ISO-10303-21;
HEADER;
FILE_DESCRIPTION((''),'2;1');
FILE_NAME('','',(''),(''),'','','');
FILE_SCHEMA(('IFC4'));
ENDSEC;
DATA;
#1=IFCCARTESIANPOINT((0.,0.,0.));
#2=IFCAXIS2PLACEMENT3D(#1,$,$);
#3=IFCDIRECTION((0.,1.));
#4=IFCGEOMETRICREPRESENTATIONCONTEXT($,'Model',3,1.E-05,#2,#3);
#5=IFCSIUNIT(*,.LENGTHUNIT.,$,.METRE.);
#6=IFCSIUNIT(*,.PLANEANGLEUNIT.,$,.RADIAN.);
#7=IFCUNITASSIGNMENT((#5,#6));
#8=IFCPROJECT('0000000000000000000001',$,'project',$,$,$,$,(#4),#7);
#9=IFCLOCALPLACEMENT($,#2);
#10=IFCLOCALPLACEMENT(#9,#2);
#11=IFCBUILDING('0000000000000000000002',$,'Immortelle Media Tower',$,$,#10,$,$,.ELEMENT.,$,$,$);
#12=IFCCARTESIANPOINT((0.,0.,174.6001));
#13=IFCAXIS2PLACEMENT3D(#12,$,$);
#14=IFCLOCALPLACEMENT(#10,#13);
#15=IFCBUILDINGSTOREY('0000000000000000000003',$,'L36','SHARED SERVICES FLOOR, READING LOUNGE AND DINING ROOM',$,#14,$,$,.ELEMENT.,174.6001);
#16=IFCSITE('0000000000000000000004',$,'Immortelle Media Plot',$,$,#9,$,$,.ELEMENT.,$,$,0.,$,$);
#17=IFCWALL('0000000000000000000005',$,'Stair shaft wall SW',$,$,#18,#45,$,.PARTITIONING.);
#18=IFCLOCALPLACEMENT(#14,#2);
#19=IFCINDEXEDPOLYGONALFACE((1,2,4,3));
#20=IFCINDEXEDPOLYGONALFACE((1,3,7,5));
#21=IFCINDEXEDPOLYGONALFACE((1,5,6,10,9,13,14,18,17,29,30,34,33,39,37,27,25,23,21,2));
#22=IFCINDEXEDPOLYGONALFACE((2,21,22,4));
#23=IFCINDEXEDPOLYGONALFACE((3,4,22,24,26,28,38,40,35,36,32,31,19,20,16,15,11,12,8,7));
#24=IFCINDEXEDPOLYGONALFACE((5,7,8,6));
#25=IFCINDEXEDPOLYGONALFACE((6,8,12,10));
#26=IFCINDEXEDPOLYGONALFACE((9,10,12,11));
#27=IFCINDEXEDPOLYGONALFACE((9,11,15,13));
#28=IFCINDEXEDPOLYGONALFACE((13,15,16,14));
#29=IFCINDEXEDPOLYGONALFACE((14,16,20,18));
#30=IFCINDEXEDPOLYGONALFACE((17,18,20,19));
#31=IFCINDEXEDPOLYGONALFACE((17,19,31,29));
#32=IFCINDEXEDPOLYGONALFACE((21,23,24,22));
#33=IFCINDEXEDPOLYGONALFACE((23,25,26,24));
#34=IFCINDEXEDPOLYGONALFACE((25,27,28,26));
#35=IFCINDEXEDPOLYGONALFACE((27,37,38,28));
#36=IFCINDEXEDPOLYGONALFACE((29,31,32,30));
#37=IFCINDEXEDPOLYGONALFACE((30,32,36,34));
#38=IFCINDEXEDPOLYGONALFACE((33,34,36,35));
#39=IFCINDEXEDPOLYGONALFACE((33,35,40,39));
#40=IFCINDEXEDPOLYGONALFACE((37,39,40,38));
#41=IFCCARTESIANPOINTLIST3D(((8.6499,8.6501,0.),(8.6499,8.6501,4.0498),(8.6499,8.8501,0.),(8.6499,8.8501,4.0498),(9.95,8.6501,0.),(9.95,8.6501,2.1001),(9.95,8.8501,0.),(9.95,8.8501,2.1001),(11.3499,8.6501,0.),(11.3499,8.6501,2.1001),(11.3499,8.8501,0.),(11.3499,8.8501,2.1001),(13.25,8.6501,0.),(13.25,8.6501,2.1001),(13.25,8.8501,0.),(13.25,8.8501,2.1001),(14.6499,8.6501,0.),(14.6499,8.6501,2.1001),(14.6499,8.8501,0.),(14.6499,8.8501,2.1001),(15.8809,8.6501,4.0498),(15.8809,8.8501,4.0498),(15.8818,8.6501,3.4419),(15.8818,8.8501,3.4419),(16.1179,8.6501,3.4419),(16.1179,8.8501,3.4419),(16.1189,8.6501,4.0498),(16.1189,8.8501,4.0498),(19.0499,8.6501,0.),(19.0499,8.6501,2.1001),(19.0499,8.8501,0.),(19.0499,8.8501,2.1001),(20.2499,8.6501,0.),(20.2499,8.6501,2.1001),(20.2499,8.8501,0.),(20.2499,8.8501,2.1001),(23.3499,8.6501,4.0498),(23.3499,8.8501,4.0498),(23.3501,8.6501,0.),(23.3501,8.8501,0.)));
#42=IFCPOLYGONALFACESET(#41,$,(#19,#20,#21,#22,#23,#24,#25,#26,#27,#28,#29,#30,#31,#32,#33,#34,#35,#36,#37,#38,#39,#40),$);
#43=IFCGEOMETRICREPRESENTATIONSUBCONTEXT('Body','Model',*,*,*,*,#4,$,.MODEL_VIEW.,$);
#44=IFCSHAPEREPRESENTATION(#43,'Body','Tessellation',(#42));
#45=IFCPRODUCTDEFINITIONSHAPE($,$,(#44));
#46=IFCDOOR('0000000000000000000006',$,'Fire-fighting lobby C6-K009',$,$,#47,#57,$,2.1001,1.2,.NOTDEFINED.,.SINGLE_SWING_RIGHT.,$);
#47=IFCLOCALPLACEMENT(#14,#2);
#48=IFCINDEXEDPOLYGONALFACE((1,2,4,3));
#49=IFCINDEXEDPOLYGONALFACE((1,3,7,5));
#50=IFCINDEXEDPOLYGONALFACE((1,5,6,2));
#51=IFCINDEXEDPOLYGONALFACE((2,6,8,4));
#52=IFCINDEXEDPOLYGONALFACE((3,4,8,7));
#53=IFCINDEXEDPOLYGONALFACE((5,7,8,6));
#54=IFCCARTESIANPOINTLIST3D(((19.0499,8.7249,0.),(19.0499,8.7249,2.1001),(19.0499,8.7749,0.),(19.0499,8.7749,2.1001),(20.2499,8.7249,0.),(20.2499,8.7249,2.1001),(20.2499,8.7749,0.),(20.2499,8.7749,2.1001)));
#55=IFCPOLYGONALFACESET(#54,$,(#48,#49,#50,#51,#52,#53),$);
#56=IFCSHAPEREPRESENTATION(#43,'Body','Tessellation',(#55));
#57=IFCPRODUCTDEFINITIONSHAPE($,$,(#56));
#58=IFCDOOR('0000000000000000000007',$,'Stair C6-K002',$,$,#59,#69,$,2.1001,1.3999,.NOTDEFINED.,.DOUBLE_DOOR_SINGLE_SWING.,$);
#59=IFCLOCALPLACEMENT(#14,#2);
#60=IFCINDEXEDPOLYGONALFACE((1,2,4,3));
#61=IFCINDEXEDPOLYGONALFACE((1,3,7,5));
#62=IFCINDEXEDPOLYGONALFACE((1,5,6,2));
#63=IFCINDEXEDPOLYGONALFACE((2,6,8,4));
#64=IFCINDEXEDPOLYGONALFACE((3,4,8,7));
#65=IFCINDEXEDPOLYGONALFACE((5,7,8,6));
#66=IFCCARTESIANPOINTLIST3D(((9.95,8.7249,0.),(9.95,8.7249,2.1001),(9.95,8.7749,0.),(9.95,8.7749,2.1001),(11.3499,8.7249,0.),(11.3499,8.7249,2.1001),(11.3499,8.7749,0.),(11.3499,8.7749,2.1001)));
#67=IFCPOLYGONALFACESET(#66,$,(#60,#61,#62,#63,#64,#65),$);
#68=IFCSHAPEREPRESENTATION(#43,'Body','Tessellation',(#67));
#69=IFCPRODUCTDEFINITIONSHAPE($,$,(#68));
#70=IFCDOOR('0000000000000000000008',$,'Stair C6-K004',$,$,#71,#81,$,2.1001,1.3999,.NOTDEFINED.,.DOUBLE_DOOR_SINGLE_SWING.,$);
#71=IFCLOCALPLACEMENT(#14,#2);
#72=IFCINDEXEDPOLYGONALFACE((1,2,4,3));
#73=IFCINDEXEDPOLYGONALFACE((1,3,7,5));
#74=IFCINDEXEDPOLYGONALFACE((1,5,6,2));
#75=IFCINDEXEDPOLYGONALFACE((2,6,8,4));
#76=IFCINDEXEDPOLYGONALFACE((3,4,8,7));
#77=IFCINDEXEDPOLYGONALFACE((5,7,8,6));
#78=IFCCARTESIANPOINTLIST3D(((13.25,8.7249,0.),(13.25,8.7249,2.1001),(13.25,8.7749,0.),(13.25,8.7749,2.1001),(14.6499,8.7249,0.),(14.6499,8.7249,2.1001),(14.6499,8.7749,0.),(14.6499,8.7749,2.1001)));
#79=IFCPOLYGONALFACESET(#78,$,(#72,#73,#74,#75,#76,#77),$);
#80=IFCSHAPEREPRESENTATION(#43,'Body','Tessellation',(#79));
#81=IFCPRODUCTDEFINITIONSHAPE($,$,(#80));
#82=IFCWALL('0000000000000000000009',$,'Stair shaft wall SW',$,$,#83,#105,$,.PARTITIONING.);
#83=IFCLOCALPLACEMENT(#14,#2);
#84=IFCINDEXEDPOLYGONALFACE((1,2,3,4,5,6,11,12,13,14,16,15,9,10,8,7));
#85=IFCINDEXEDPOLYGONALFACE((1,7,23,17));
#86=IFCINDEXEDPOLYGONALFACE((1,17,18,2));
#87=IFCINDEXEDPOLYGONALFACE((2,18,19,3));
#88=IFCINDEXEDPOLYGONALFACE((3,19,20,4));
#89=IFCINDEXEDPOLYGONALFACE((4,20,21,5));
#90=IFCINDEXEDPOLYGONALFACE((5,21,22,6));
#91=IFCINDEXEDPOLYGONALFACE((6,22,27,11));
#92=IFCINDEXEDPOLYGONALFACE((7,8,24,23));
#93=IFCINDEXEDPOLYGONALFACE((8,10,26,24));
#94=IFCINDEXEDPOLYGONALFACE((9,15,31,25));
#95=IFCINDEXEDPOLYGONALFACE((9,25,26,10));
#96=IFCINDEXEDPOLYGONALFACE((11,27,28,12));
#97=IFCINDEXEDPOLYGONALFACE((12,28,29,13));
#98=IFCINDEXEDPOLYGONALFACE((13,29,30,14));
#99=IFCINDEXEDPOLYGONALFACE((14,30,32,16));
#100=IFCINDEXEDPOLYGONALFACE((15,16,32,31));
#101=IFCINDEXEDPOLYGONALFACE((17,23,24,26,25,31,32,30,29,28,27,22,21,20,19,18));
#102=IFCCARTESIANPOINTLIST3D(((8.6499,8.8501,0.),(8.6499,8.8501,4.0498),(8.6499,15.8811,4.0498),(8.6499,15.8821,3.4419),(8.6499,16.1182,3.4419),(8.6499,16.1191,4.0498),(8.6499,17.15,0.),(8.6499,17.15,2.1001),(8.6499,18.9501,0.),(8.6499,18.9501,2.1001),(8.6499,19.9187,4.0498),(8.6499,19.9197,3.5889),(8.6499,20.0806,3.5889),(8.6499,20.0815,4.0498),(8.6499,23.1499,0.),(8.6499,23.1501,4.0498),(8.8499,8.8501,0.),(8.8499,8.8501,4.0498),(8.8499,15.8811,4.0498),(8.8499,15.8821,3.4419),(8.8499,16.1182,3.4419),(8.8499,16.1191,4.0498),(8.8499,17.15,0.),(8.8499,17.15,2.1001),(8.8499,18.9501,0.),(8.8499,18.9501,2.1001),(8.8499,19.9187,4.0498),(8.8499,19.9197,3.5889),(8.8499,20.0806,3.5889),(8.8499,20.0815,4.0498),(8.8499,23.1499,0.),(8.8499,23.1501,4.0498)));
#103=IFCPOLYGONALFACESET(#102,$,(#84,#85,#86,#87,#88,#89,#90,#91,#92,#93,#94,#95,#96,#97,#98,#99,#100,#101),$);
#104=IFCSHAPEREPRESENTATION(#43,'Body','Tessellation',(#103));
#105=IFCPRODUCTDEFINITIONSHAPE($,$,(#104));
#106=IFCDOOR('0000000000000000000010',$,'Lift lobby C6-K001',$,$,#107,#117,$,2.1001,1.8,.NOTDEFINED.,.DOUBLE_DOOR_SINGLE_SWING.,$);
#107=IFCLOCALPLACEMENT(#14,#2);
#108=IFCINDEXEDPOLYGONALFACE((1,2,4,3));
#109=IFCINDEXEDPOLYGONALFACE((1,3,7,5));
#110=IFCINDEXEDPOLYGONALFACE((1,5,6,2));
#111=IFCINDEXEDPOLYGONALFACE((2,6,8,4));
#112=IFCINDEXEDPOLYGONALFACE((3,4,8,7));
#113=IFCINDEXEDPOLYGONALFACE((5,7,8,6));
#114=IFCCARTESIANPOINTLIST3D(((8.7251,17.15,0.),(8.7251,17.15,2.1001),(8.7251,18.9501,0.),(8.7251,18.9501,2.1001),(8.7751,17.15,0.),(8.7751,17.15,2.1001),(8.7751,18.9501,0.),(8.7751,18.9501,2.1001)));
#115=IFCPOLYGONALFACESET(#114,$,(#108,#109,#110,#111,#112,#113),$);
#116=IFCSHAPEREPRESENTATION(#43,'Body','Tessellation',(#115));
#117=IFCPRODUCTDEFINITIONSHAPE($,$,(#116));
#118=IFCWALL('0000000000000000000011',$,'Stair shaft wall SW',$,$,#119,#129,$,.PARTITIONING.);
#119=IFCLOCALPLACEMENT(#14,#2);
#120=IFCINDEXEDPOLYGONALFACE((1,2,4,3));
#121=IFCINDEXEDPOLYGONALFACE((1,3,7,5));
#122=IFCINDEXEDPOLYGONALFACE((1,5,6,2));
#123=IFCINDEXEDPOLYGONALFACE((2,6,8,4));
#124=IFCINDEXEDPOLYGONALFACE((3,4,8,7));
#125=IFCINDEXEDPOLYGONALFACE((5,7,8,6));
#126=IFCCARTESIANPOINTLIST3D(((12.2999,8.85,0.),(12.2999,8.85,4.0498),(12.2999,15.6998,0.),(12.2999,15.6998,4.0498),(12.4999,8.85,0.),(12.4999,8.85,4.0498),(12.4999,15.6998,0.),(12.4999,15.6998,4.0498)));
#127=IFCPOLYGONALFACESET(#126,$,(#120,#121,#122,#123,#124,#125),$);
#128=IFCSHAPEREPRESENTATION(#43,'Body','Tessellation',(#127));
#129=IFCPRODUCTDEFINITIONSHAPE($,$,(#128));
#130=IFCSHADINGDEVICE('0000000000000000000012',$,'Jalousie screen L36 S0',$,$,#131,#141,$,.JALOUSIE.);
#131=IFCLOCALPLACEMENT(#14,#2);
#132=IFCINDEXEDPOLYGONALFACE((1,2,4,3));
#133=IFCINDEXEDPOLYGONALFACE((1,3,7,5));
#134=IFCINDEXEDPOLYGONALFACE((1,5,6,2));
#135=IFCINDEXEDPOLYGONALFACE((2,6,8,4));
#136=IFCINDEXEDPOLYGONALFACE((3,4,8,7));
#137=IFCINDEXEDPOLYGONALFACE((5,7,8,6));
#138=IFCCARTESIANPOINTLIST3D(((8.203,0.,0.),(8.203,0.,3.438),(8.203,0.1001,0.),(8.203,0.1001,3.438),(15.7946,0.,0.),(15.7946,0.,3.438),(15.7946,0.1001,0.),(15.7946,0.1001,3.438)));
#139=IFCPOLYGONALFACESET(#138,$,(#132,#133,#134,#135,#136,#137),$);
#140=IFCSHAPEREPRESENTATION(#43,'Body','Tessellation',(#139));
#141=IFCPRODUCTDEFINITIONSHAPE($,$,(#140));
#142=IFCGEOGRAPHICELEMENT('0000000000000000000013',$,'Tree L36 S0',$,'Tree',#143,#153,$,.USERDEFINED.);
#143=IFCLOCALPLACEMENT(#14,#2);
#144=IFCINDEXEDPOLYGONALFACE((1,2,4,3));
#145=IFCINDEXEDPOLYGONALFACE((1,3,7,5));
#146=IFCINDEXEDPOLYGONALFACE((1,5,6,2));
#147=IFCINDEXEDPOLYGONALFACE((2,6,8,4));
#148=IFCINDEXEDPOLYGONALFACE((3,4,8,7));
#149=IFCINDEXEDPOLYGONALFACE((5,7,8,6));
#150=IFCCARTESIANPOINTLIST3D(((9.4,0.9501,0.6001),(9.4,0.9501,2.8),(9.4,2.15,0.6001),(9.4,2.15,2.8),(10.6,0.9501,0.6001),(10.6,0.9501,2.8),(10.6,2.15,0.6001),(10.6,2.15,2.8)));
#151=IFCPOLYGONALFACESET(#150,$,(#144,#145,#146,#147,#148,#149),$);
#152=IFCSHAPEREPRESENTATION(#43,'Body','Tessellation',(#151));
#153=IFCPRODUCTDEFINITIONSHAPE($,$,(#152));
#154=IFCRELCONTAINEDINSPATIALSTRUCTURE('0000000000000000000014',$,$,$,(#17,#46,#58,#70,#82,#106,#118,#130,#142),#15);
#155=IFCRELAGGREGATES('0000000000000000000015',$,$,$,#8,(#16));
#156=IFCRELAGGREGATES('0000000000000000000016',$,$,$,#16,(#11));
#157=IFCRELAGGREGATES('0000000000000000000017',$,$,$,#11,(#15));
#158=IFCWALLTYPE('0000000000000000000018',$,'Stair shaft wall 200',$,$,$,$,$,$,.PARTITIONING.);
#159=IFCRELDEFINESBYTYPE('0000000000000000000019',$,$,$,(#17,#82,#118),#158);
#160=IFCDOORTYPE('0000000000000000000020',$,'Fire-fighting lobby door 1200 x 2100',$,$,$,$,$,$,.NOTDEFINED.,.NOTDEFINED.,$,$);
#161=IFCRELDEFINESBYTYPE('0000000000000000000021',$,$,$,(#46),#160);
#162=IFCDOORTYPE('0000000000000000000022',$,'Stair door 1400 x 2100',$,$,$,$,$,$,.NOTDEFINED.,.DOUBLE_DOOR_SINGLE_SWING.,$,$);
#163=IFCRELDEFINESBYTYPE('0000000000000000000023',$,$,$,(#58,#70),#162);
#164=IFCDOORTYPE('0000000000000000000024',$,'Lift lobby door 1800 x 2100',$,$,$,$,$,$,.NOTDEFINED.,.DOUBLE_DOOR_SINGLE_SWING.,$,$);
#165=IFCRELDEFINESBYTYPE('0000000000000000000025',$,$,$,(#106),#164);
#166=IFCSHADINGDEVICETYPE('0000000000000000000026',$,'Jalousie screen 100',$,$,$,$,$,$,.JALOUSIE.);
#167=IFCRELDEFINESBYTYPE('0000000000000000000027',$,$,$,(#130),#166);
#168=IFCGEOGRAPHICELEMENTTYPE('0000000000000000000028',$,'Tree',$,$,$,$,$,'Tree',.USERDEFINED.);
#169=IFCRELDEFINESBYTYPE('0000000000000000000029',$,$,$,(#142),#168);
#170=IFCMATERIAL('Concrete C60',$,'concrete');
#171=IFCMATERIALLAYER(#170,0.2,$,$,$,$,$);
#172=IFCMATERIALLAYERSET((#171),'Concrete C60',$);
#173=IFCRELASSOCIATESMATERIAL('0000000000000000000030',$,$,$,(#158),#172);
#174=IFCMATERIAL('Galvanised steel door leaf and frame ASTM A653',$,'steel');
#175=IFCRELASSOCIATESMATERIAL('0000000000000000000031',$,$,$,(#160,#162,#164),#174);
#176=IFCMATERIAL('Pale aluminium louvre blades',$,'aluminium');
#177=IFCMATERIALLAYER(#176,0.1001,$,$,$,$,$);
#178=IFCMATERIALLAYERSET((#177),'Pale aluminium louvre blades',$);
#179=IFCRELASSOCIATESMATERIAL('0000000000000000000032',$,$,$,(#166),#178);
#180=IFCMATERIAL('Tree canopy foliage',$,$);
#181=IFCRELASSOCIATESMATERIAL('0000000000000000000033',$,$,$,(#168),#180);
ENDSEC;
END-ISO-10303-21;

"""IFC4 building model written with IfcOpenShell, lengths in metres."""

from ifc_helpers import new_model, si_unit, direction, frame, frame_2d, origin, origin_2d, place, context, subcontext, project, spatial, polyline, rectangle, outline, extrude, material, layer, layer_set, type_object, element, fill, save


model = new_model("IFC4")

# Units and contexts
model_context = context("Model", 3, precision=1e-05, world=origin(), true_north=direction((0.0, 1.0)))
body_context = subcontext(model_context, "Body", "Model", "MODEL_VIEW")
ifc_project = project(units=[si_unit("LENGTHUNIT", "METRE"), si_unit("PLANEANGLEUNIT", "RADIAN")], contexts=[model_context])

# Site, building, storey
site_placement = place(None, origin())
site = spatial("IfcSite", under=ifc_project, at=site_placement, Name="Immortelle Media Plot", CompositionType="ELEMENT", RefElevation=0.0)
building_placement = place(site_placement, origin())
building = spatial("IfcBuilding", under=site, at=building_placement, Name="Immortelle Media Tower", CompositionType="ELEMENT")
storey_placement = place(building_placement, frame((0.0, 0.0, 174.6001)))
storey = spatial("IfcBuildingStorey", under=building, at=storey_placement, Name="L36", Description="SHARED SERVICES FLOOR, READING LOUNGE AND DINING ROOM", CompositionType="ELEMENT", Elevation=174.6001)

# Wall, openings, doors
ifc_material_1 = material(Name="Concrete C60", Category="concrete")
ifc_layer_1 = layer(ifc_material_1, 0.2)
ifc_layer_set_1 = layer_set([ifc_layer_1], Name="Concrete C60")
wall_type_1 = type_object("IfcWallType", Name="Stair shaft wall 200", PredefinedType="PARTITIONING", material=ifc_layer_set_1)
wall_1_placement = place(storey_placement, frame((8.6499, 8.75, 0.0), z_axis=(0.0, 0.0, 1.0), x_axis=(1.0, 0.0, 0.0)))
wall_1 = element("IfcWall", 1, at=wall_1_placement, inside=storey, type_object=wall_type_1, Name="Stair shaft wall SW", PredefinedType="PARTITIONING", context=body_context, shape_type="SweptSolid", body=[
    extrude(outline(polyline([(0.0, 0.0), (14.7002, 0.0), (14.7, 4.0498), (7.469, 4.0498), (7.468, 3.4419), (7.2319, 3.4419), (7.231, 4.0498), (0.0, 4.0498), (0.0, 0.0)])), frame((0.0, 0.1001, 0.0), z_axis=(0.0, -1.0, 0.0), x_axis=(1.0, 0.0, 0.0)), (0.0, 0.0, 1.0), 0.2),
])
opening_1_placement = place(wall_1_placement, frame((1.3, 0.0, 0.0)))
opening_1 = element("IfcOpeningElement", 2, at=opening_1_placement, cuts=wall_1, PredefinedType="OPENING", context=body_context, shape_type="SweptSolid", body=[
    extrude(rectangle(XDim=1.3999, YDim=2.1001, at=frame_2d((0.7, 1.05))), frame((0.0, 0.1099, 0.0), z_axis=(0.0, -1.0, 0.0), x_axis=(1.0, 0.0, 0.0)), (0.0, 0.0, 1.0), 0.22),
])
opening_2_placement = place(wall_1_placement, frame((4.6001, 0.0, 0.0)))
opening_2 = element("IfcOpeningElement", 3, at=opening_2_placement, cuts=wall_1, PredefinedType="OPENING", context=body_context, shape_type="SweptSolid", body=[
    extrude(rectangle(XDim=1.3999, YDim=2.1001, at=frame_2d((0.7, 1.05))), frame((0.0, 0.1099, 0.0), z_axis=(0.0, -1.0, 0.0), x_axis=(1.0, 0.0, 0.0)), (0.0, 0.0, 1.0), 0.22),
])
opening_3_placement = place(wall_1_placement, frame((10.3999, 0.0, 0.0)))
opening_3 = element("IfcOpeningElement", 4, at=opening_3_placement, cuts=wall_1, PredefinedType="OPENING", context=body_context, shape_type="SweptSolid", body=[
    extrude(rectangle(XDim=1.2, YDim=2.1001, at=frame_2d((0.6001, 1.05))), frame((0.0, 0.1099, 0.0), z_axis=(0.0, -1.0, 0.0), x_axis=(1.0, 0.0, 0.0)), (0.0, 0.0, 1.0), 0.22),
])
ifc_material_2 = material(Name="Galvanised steel door leaf and frame ASTM A653", Category="steel")
door_type_1 = type_object("IfcDoorType", Name="Fire-fighting lobby door 1200 x 2100", OperationType="NOTDEFINED", PredefinedType="NOTDEFINED", material=ifc_material_2)
door_1_placement = place(opening_3_placement, origin())
door_1 = element("IfcDoor", 5, at=door_1_placement, inside=storey, type_object=door_type_1, Name="Fire-fighting lobby C6-K009", OperationType="SINGLE_SWING_RIGHT", OverallHeight=2.1001, OverallWidth=1.2, PredefinedType="NOTDEFINED", context=body_context, shape_type="SweptSolid", body=[
    extrude(rectangle(XDim=1.2, YDim=2.1001, at=frame_2d((0.6001, 1.05))), frame((0.0, 0.0249, 0.0), z_axis=(0.0, -1.0, 0.0), x_axis=(1.0, 0.0, 0.0)), (0.0, 0.0, 1.0), 0.05),
])
fill(opening_3, door_1)
door_type_2 = type_object("IfcDoorType", Name="Stair door 1400 x 2100", OperationType="DOUBLE_DOOR_SINGLE_SWING", PredefinedType="NOTDEFINED", material=ifc_material_2)
door_2_placement = place(opening_1_placement, origin())
door_2 = element("IfcDoor", 6, at=door_2_placement, inside=storey, type_object=door_type_2, Name="Stair C6-K002", OperationType="DOUBLE_DOOR_SINGLE_SWING", OverallHeight=2.1001, OverallWidth=1.3999, PredefinedType="NOTDEFINED", context=body_context, shape_type="SweptSolid", body=[
    extrude(rectangle(XDim=1.3999, YDim=2.1001, at=frame_2d((0.7, 1.05))), frame((0.0, 0.0249, 0.0), z_axis=(0.0, -1.0, 0.0), x_axis=(1.0, 0.0, 0.0)), (0.0, 0.0, 1.0), 0.05),
])
fill(opening_1, door_2)
door_3_placement = place(opening_2_placement, origin())
door_3 = element("IfcDoor", 7, at=door_3_placement, inside=storey, type_object=door_type_2, Name="Stair C6-K004", OperationType="DOUBLE_DOOR_SINGLE_SWING", OverallHeight=2.1001, OverallWidth=1.3999, PredefinedType="NOTDEFINED", context=body_context, shape_type="SweptSolid", body=[
    extrude(rectangle(XDim=1.3999, YDim=2.1001, at=frame_2d((0.7, 1.05))), frame((0.0, 0.0249, 0.0), z_axis=(0.0, -1.0, 0.0), x_axis=(1.0, 0.0, 0.0)), (0.0, 0.0, 1.0), 0.05),
])
fill(opening_2, door_3)

# Wall, opening, door
wall_2_placement = place(storey_placement, frame((8.75, 8.8501, 0.0), z_axis=(0.0, 0.0, 1.0), x_axis=(0.0, 1.0, 0.0)))
wall_2 = element("IfcWall", 8, at=wall_2_placement, inside=storey, type_object=wall_type_1, Name="Stair shaft wall SW", PredefinedType="PARTITIONING", context=body_context, shape_type="SweptSolid", body=[
    extrude(outline(polyline([(0.0, 0.0), (14.2998, 0.0), (14.3, 4.0498), (11.2314, 4.0498), (11.2305, 3.5889), (11.0696, 3.5889), (11.0686, 4.0498), (7.269, 4.0498), (7.2681, 3.4419), (7.032, 3.4419), (7.031, 4.0498), (0.0, 4.0498), (0.0, 0.0)])), frame((0.0, 0.1001, 0.0), z_axis=(0.0, -1.0, 0.0), x_axis=(1.0, 0.0, 0.0)), (0.0, 0.0, 1.0), 0.2),
])
opening_4_placement = place(wall_2_placement, frame((8.3, 0.0, 0.0)))
opening_4 = element("IfcOpeningElement", 9, at=opening_4_placement, cuts=wall_2, PredefinedType="OPENING", context=body_context, shape_type="SweptSolid", body=[
    extrude(rectangle(XDim=1.8, YDim=2.1001, at=frame_2d((0.8999, 1.05))), frame((0.0, 0.1099, 0.0), z_axis=(0.0, -1.0, 0.0), x_axis=(1.0, 0.0, 0.0)), (0.0, 0.0, 1.0), 0.22),
])
door_type_3 = type_object("IfcDoorType", Name="Lift lobby door 1800 x 2100", OperationType="DOUBLE_DOOR_SINGLE_SWING", PredefinedType="NOTDEFINED", material=ifc_material_2)
door_4_placement = place(opening_4_placement, origin())
door_4 = element("IfcDoor", 10, at=door_4_placement, inside=storey, type_object=door_type_3, Name="Lift lobby C6-K001", OperationType="DOUBLE_DOOR_SINGLE_SWING", OverallHeight=2.1001, OverallWidth=1.8, PredefinedType="NOTDEFINED", context=body_context, shape_type="SweptSolid", body=[
    extrude(rectangle(XDim=1.8, YDim=2.1001, at=frame_2d((0.8999, 1.05))), frame((0.0, 0.0249, 0.0), z_axis=(0.0, -1.0, 0.0), x_axis=(1.0, 0.0, 0.0)), (0.0, 0.0, 1.0), 0.05),
])
fill(opening_4, door_4)

# Wall
wall_3_placement = place(storey_placement, frame((12.3999, 8.8501, 0.0), z_axis=(0.0, 0.0, 1.0), x_axis=(0.0, 1.0, 0.0)))
element("IfcWall", 11, at=wall_3_placement, inside=storey, type_object=wall_type_1, Name="Stair shaft wall SW", PredefinedType="PARTITIONING", context=body_context, shape_type="SweptSolid", body=[
    extrude(rectangle(XDim=6.8499, YDim=0.2, at=frame_2d((3.4248, 0.0))), origin(), (0.0, 0.0, 1.0), 4.0498),
])

# Shading device
ifc_material_3 = material(Name="Pale aluminium louvre blades", Category="aluminium")
ifc_layer_2 = layer(ifc_material_3, 0.1001)
ifc_layer_set_2 = layer_set([ifc_layer_2], Name="Pale aluminium louvre blades")
shading_device_type = type_object("IfcShadingDeviceType", Name="Jalousie screen 100", PredefinedType="JALOUSIE", material=ifc_layer_set_2)
shading_device_placement = place(storey_placement, frame((11.9988, 0.05, 0.0), z_axis=(0.0, 0.0, 1.0), x_axis=(1.0, 0.0, 0.0)))
element("IfcShadingDevice", 12, at=shading_device_placement, inside=storey, type_object=shading_device_type, Name="Jalousie screen L36 S0", PredefinedType="JALOUSIE", context=body_context, shape_type="SweptSolid", body=[
    extrude(rectangle(XDim=7.5916, YDim=0.1001, at=origin_2d()), origin(), (0.0, 0.0, 1.0), 3.438),
])

# Geographic element
ifc_material_4 = material(Name="Tree canopy foliage")
geographic_element_type = type_object("IfcGeographicElementType", Name="Tree", ElementType="Tree", PredefinedType="USERDEFINED", material=ifc_material_4)
geographic_element_placement = place(storey_placement, frame((10.0, 1.55, 0.6001), z_axis=(0.0, 0.0, 1.0), x_axis=(1.0, 0.0, 0.0)))
element("IfcGeographicElement", 13, at=geographic_element_placement, inside=storey, type_object=geographic_element_type, Name="Tree L36 S0", ObjectType="Tree", PredefinedType="USERDEFINED", context=body_context, shape_type="SweptSolid", body=[
    extrude(rectangle(XDim=1.2, YDim=1.2, at=origin_2d()), origin(), (0.0, 0.0, 1.0), 2.2),
])

save(model, "model.ifc")
